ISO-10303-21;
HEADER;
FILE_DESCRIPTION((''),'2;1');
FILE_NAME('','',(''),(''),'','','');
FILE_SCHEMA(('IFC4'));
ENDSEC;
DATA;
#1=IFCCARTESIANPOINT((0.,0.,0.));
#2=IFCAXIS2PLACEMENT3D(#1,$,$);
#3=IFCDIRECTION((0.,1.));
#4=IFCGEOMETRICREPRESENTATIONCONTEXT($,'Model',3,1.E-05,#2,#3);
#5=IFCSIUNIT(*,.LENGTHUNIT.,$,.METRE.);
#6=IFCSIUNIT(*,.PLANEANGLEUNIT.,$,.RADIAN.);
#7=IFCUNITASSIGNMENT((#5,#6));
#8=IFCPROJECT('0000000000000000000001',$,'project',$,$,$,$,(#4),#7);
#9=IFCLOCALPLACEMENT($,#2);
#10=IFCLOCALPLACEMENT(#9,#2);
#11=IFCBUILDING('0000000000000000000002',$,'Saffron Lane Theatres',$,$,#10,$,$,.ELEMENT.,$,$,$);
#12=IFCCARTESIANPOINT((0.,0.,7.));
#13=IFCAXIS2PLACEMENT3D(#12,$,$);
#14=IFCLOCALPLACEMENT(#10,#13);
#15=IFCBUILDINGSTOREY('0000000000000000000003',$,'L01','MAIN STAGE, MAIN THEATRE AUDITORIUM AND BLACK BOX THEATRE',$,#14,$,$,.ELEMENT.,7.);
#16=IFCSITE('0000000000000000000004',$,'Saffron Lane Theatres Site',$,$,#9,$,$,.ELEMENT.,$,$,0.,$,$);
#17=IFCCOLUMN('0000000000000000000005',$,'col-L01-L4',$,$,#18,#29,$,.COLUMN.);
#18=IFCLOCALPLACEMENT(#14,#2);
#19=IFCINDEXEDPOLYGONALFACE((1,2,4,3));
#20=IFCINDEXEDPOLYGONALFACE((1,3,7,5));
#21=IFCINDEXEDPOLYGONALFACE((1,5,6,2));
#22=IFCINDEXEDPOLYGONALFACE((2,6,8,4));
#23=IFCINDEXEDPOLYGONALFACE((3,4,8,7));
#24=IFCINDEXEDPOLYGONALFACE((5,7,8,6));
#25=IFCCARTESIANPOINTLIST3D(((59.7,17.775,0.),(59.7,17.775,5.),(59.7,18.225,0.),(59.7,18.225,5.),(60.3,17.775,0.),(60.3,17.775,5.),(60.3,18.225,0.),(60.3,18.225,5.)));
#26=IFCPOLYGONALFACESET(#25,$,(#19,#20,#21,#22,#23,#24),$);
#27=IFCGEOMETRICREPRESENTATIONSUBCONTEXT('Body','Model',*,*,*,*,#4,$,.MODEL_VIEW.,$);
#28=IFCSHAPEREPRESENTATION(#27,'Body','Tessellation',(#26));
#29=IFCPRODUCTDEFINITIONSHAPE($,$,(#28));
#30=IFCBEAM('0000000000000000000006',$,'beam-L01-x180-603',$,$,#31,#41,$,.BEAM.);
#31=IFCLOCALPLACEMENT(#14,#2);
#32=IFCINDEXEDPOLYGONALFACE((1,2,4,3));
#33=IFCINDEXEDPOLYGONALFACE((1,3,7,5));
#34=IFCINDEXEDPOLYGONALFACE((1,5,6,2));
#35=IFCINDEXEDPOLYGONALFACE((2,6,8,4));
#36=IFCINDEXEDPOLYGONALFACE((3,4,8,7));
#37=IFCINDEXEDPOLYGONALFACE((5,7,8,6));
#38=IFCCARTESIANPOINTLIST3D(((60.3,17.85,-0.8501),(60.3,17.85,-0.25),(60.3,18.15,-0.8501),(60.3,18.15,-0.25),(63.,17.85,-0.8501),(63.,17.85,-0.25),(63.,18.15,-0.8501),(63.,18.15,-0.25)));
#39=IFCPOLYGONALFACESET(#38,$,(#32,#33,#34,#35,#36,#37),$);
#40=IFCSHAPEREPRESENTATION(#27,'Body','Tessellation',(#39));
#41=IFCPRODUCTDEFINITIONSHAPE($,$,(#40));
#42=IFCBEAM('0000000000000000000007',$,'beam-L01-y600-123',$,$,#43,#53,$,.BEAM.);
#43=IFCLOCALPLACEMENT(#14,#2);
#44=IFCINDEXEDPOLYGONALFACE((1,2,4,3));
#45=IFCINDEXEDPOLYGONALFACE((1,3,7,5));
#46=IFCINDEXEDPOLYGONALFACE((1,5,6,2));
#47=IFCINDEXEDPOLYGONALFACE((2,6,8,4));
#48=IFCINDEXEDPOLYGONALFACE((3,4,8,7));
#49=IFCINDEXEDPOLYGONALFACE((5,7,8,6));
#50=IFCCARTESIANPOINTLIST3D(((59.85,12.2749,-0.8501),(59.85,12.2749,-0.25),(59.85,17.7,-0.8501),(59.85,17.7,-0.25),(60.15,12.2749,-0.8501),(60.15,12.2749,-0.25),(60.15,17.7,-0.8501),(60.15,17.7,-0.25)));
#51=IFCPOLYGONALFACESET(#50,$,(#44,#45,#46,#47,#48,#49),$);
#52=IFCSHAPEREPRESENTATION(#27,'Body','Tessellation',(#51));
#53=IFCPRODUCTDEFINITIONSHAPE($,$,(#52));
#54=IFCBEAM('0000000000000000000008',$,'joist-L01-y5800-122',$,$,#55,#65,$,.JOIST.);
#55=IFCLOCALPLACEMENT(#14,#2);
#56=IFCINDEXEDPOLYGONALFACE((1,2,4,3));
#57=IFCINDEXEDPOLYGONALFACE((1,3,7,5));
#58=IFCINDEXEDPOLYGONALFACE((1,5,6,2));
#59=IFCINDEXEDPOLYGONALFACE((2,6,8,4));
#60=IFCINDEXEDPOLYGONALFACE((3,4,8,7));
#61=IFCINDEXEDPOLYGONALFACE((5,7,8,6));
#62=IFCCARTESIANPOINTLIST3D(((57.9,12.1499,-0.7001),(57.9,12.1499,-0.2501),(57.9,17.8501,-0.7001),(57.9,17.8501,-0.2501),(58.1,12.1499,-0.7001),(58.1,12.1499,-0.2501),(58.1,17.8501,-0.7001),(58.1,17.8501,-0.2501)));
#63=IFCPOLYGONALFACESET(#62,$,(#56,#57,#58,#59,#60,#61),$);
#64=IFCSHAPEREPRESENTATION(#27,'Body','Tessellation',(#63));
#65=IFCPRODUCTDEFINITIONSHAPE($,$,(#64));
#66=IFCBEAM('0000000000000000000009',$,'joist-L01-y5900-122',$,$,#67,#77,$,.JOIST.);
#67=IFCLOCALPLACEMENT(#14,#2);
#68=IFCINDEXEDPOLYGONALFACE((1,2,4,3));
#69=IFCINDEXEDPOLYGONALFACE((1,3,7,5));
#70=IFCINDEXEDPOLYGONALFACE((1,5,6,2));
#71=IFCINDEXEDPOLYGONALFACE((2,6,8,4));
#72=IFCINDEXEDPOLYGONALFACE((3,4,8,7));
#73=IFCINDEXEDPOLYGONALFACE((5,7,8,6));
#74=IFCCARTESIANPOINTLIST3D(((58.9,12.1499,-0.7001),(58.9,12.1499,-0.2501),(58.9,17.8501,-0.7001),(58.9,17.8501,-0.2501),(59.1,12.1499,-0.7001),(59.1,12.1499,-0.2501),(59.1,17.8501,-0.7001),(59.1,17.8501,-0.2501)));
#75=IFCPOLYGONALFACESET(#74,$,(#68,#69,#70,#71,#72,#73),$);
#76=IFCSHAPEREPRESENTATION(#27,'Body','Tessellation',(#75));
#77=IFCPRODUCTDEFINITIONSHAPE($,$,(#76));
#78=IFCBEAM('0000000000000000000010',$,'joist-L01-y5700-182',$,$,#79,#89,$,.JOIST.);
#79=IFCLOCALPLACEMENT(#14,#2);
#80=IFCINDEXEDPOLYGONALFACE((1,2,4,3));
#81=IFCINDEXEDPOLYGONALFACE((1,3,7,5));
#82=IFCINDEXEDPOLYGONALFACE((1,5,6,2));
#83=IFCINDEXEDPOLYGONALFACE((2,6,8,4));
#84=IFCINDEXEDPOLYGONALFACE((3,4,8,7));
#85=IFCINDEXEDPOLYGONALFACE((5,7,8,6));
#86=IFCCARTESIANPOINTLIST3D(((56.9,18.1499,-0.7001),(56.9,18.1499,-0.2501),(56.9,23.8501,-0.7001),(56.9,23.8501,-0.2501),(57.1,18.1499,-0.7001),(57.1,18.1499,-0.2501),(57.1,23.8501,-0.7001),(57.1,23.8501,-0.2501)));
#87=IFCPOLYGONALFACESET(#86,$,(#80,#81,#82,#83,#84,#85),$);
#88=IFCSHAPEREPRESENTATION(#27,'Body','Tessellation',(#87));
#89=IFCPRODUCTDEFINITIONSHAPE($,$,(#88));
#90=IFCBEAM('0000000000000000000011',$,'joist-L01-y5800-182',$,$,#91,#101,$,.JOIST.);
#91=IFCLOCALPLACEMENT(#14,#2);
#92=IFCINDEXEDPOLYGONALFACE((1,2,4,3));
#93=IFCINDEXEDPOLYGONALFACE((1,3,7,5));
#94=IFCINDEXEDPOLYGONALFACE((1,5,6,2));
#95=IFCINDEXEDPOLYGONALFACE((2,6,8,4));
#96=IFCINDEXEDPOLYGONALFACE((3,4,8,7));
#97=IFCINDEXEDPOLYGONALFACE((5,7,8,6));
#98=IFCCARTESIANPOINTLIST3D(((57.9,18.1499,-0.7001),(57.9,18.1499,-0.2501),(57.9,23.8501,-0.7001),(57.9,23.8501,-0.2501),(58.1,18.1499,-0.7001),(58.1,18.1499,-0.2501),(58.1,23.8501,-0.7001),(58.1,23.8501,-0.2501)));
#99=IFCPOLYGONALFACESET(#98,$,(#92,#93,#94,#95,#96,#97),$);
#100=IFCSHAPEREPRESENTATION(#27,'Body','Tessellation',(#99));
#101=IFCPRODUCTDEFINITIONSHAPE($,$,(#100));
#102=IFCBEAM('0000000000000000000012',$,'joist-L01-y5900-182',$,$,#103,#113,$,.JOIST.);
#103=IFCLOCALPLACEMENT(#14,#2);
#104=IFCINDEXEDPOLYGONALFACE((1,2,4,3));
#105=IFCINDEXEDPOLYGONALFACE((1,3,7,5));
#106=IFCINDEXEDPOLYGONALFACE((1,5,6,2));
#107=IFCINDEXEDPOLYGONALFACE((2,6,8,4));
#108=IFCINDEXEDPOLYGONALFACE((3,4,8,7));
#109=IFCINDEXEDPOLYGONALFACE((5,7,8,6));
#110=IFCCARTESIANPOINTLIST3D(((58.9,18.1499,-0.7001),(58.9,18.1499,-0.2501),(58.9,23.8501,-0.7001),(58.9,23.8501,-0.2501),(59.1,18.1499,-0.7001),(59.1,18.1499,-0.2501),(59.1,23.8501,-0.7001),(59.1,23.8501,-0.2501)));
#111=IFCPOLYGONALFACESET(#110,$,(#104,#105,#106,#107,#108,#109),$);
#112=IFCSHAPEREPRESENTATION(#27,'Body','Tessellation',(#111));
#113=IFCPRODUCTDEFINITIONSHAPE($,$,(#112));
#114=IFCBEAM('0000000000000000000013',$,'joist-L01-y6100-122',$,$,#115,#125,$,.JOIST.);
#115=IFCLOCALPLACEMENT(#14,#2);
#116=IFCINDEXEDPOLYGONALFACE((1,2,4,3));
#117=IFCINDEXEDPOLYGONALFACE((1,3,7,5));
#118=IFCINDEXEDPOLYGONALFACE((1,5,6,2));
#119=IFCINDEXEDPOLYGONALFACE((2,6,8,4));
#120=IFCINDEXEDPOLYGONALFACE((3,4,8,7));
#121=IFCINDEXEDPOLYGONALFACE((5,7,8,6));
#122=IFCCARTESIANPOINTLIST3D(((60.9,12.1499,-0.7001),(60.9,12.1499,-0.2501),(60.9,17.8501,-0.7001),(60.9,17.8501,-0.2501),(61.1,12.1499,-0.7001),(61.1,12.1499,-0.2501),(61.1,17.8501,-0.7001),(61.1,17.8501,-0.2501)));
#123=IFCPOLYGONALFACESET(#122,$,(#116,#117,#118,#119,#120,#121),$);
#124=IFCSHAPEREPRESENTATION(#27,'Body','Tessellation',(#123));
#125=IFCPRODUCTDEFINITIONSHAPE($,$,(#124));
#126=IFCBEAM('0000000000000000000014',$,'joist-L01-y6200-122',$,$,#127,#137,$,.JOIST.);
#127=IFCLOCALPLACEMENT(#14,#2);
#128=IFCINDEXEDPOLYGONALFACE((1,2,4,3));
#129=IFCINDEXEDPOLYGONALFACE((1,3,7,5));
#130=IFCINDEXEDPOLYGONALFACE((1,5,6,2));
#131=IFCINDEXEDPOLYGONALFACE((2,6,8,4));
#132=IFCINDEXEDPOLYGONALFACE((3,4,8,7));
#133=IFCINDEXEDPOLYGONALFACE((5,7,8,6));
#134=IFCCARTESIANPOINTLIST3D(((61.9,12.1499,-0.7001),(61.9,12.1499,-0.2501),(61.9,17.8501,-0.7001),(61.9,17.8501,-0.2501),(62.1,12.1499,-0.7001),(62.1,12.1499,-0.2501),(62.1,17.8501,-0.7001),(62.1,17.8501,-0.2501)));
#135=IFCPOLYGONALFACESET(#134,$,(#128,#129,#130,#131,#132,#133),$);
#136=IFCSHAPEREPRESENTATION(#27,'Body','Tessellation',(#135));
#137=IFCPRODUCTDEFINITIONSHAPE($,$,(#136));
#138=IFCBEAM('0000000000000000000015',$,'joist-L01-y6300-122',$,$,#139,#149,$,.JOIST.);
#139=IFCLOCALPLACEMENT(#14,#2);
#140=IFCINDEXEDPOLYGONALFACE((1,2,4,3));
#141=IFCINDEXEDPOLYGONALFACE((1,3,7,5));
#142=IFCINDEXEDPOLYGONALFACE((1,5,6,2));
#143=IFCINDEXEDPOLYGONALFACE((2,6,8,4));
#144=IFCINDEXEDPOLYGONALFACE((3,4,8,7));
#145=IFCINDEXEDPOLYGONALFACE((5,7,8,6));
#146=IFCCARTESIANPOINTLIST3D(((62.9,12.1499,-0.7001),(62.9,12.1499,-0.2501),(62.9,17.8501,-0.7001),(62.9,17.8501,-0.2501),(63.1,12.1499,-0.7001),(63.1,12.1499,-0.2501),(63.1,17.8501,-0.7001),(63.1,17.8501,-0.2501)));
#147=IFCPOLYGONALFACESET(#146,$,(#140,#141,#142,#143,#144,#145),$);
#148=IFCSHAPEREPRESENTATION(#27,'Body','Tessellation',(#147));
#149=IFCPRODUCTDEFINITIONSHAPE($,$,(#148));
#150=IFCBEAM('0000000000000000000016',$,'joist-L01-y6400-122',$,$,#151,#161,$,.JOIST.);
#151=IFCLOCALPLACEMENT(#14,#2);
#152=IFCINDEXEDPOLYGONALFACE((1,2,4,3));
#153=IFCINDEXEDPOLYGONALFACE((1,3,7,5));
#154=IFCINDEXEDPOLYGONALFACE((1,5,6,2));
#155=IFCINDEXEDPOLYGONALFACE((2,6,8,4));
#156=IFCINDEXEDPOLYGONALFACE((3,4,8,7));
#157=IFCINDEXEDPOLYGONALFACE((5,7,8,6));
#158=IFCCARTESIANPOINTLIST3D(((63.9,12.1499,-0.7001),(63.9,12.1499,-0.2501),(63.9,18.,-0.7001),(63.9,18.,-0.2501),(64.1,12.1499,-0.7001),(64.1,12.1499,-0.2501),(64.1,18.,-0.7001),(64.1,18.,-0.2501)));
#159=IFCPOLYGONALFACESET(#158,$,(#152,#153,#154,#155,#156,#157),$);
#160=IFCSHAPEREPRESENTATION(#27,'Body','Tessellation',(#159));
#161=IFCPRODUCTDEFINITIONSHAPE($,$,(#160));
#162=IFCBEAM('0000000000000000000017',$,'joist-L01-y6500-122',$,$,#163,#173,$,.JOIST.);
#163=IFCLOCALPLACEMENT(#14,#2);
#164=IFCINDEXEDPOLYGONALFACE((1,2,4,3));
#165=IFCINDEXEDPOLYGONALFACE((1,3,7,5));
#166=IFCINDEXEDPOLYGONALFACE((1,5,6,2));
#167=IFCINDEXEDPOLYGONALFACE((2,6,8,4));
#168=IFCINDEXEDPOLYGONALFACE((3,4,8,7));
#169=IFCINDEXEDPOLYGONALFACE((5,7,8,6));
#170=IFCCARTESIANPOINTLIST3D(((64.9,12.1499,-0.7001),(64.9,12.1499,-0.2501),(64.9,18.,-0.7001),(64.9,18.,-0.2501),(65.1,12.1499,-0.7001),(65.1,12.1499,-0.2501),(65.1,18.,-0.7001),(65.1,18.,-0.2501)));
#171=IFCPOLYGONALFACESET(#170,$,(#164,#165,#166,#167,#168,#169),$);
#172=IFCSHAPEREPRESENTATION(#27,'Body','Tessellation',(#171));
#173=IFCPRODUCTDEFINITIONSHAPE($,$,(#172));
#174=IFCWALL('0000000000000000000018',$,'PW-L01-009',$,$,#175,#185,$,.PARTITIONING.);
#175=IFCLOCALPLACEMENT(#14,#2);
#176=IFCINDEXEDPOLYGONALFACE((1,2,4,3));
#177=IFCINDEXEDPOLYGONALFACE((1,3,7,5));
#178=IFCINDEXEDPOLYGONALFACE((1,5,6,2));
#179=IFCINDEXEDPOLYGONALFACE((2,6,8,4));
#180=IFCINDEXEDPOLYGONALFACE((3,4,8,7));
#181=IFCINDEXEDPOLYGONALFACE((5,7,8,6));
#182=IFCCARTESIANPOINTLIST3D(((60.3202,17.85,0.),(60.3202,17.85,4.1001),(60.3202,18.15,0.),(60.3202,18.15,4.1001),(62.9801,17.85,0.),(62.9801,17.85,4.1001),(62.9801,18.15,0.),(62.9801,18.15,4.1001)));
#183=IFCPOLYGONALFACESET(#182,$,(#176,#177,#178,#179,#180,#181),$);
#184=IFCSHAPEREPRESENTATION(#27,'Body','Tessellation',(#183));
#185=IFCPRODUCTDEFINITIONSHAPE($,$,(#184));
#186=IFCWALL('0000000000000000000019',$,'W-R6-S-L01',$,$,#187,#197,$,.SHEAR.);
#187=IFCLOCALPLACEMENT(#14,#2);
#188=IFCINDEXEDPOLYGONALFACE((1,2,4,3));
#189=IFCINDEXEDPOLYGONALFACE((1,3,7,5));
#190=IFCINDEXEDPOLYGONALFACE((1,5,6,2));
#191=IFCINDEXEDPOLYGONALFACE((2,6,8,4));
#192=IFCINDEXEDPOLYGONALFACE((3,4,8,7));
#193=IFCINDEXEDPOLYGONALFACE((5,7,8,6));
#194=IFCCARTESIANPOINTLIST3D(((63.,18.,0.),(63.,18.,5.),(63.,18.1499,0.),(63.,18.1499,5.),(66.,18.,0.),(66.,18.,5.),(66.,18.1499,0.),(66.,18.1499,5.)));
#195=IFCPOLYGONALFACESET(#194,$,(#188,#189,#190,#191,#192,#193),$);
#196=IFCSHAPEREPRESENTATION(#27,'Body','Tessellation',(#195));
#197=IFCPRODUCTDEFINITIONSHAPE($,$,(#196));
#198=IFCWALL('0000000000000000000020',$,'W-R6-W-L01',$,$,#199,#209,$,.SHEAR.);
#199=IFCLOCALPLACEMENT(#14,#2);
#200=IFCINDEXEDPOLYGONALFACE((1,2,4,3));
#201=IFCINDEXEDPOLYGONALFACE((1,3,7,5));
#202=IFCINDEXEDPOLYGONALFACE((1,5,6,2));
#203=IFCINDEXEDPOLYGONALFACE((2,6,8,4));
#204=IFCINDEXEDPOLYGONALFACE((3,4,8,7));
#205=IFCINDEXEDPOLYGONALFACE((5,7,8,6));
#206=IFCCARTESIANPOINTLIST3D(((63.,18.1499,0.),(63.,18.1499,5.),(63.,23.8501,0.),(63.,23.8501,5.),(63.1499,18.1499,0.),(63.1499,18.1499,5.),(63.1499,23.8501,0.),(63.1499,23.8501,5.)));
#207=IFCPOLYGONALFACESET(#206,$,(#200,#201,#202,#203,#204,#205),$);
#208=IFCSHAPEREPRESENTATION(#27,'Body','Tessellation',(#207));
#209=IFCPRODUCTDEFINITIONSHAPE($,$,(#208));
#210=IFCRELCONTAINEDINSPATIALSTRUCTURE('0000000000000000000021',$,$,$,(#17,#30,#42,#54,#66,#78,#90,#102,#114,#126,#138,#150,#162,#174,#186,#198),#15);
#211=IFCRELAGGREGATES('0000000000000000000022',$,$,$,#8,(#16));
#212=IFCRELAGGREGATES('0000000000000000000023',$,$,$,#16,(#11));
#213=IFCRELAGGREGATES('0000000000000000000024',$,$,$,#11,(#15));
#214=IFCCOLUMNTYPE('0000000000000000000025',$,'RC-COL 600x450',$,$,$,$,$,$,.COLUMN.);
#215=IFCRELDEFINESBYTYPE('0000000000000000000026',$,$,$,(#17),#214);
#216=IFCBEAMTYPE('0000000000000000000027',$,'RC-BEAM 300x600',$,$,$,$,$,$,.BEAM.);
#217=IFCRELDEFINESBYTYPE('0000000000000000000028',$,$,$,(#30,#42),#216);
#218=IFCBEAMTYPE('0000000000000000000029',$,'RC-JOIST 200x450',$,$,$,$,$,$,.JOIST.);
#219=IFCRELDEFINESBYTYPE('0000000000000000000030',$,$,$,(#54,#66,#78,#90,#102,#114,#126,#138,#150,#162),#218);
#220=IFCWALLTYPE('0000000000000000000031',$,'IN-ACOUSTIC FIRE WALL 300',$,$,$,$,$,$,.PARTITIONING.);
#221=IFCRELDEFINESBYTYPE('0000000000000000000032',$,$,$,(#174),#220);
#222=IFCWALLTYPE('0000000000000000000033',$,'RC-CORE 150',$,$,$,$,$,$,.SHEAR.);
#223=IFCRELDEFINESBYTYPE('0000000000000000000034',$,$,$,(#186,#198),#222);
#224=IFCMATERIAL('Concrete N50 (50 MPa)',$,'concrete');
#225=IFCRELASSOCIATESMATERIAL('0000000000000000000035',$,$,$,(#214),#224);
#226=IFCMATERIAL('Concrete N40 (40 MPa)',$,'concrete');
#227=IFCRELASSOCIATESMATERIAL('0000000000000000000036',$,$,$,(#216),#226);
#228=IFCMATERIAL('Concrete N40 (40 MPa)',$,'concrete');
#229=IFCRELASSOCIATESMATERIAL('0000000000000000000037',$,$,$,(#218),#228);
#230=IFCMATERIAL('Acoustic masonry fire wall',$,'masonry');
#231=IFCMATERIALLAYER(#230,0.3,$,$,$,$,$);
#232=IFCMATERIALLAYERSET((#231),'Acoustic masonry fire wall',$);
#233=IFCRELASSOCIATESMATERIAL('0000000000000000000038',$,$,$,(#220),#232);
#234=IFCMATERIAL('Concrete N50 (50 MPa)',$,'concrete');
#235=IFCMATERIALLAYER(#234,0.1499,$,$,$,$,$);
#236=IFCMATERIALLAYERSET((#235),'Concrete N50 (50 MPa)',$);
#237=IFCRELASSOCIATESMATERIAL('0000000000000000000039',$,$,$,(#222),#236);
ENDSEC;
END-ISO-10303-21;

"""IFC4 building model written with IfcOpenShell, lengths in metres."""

from ifc_helpers import new_model, si_unit, direction, frame, frame_2d, origin, origin_2d, place, context, subcontext, project, spatial, rectangle, extrude, material, layer, layer_set, material_profile, profile_set, type_object, element, save


model = new_model("IFC4")

# Units and contexts
model_context = context("Model", 3, precision=1e-05, world=origin(), true_north=direction((0.0, 1.0)))
body_context = subcontext(model_context, "Body", "Model", "MODEL_VIEW")
ifc_project = project(units=[si_unit("LENGTHUNIT", "METRE"), si_unit("PLANEANGLEUNIT", "RADIAN")], contexts=[model_context])

# Site, building, storey
site_placement = place(None, origin())
site = spatial("IfcSite", under=ifc_project, at=site_placement, Name="Saffron Lane Theatres Site", CompositionType="ELEMENT", RefElevation=0.0)
building_placement = place(site_placement, origin())
building = spatial("IfcBuilding", under=site, at=building_placement, Name="Saffron Lane Theatres", CompositionType="ELEMENT")
storey_placement = place(building_placement, frame((0.0, 0.0, 7.0)))
storey = spatial("IfcBuildingStorey", under=building, at=storey_placement, Name="L01", Description="MAIN STAGE, MAIN THEATRE AUDITORIUM AND BLACK BOX THEATRE", CompositionType="ELEMENT", Elevation=7.0)

# Column
ifc_material_1 = material(Name="Concrete N50 (50 MPa)", Category="concrete")
ifc_material_profile_1 = material_profile(ifc_material_1, rectangle(XDim=0.6001, YDim=0.45, at=origin_2d()))
ifc_profile_set_1 = profile_set([ifc_material_profile_1], Name="Concrete N50 (50 MPa)")
column_type = type_object("IfcColumnType", Name="RC-COL 600x450", PredefinedType="COLUMN", material=ifc_profile_set_1)
column_placement = place(storey_placement, frame((60.0, 18.0, 0.0), z_axis=(0.0, 0.0, 1.0), x_axis=(1.0, 0.0, 0.0)))
element("IfcColumn", 1, at=column_placement, inside=storey, type_object=column_type, Name="col-L01-L4", PredefinedType="COLUMN", context=body_context, shape_type="SweptSolid", body=[
    extrude(rectangle(XDim=0.6001, YDim=0.45, at=origin_2d()), origin(), (0.0, 0.0, 1.0), 5.0),
])

# Beams
ifc_material_2 = material(Name="Concrete N40 (40 MPa)", Category="concrete")
ifc_material_profile_2 = material_profile(ifc_material_2, rectangle(XDim=0.3, YDim=0.6001, at=origin_2d()))
ifc_profile_set_2 = profile_set([ifc_material_profile_2], Name="Concrete N40 (40 MPa)")
beam_type_1 = type_object("IfcBeamType", Name="RC-BEAM 300x600", PredefinedType="BEAM", material=ifc_profile_set_2)
beam_1_placement = place(storey_placement, frame((60.3, 18.0, -0.55), z_axis=(1.0, 0.0, 0.0), x_axis=(0.0, 1.0, 0.0)))
element("IfcBeam", 2, at=beam_1_placement, inside=storey, type_object=beam_type_1, Name="beam-L01-x180-603", PredefinedType="BEAM", context=body_context, shape_type="SweptSolid", body=[
    extrude(rectangle(XDim=0.3, YDim=0.6001, at=origin_2d()), origin(), (0.0, 0.0, 1.0), 2.7),
])
beam_2_placement = place(storey_placement, frame((60.0, 12.2749, -0.55), z_axis=(0.0, 1.0, 0.0), x_axis=(-1.0, 0.0, 0.0)))
element("IfcBeam", 3, at=beam_2_placement, inside=storey, type_object=beam_type_1, Name="beam-L01-y600-123", PredefinedType="BEAM", context=body_context, shape_type="SweptSolid", body=[
    extrude(rectangle(XDim=0.3, YDim=0.6001, at=origin_2d()), origin(), (0.0, 0.0, 1.0), 5.425),
])
ifc_material_3 = material(Name="Concrete N40 (40 MPa)", Category="concrete")
ifc_material_profile_3 = material_profile(ifc_material_3, rectangle(XDim=0.2, YDim=0.45, at=origin_2d()))
ifc_profile_set_3 = profile_set([ifc_material_profile_3], Name="Concrete N40 (40 MPa)")
beam_type_2 = type_object("IfcBeamType", Name="RC-JOIST 200x450", PredefinedType="JOIST", material=ifc_profile_set_3)
for number, where, z_axis, x_axis, name in (
    (4, (58.0, 12.1499, -0.4751), (0.0, 1.0, 0.0), (-1.0, 0.0, 0.0), "joist-L01-y5800-122"),
    (5, (59.0, 12.1499, -0.4751), (0.0, 1.0, 0.0), (-1.0, 0.0, 0.0), "joist-L01-y5900-122"),
    (6, (57.0, 18.1499, -0.4751), (0.0, 1.0, 0.0), (-1.0, 0.0, 0.0), "joist-L01-y5700-182"),
    (7, (58.0, 18.1499, -0.4751), (0.0, 1.0, 0.0), (-1.0, 0.0, 0.0), "joist-L01-y5800-182"),
    (8, (59.0, 18.1499, -0.4751), (0.0, 1.0, 0.0), (-1.0, 0.0, 0.0), "joist-L01-y5900-182"),
    (9, (61.0, 12.1499, -0.4751), (0.0, 1.0, 0.0), (-1.0, 0.0, 0.0), "joist-L01-y6100-122"),
    (10, (62.0, 12.1499, -0.4751), (0.0, 1.0, 0.0), (-1.0, 0.0, 0.0), "joist-L01-y6200-122"),
    (11, (63.0, 12.1499, -0.4751), (0.0, 1.0, 0.0), (-1.0, 0.0, 0.0), "joist-L01-y6300-122"),
):
    element("IfcBeam", number, at=place(storey_placement, frame(where, z_axis=z_axis, x_axis=x_axis)), inside=storey, type_object=beam_type_2, Name=name, PredefinedType="JOIST", context=body_context, shape_type="SweptSolid", body=[
        extrude(rectangle(XDim=0.2, YDim=0.45, at=origin_2d()), origin(), (0.0, 0.0, 1.0), 5.7002),
    ])
for number, where, z_axis, x_axis, name in (
    (12, (64.0, 12.1499, -0.4751), (0.0, 1.0, 0.0), (-1.0, 0.0, 0.0), "joist-L01-y6400-122"),
    (13, (65.0, 12.1499, -0.4751), (0.0, 1.0, 0.0), (-1.0, 0.0, 0.0), "joist-L01-y6500-122"),
):
    element("IfcBeam", number, at=place(storey_placement, frame(where, z_axis=z_axis, x_axis=x_axis)), inside=storey, type_object=beam_type_2, Name=name, PredefinedType="JOIST", context=body_context, shape_type="SweptSolid", body=[
        extrude(rectangle(XDim=0.2, YDim=0.45, at=origin_2d()), origin(), (0.0, 0.0, 1.0), 5.8501),
    ])

# Walls
ifc_material_4 = material(Name="Acoustic masonry fire wall", Category="masonry")
ifc_layer_1 = layer(ifc_material_4, 0.3)
ifc_layer_set_1 = layer_set([ifc_layer_1], Name="Acoustic masonry fire wall")
wall_type_1 = type_object("IfcWallType", Name="IN-ACOUSTIC FIRE WALL 300", PredefinedType="PARTITIONING", material=ifc_layer_set_1)
wall_1_placement = place(storey_placement, frame((60.3201, 18.0, 0.0), z_axis=(0.0, 0.0, 1.0), x_axis=(1.0, 0.0, 0.0)))
element("IfcWall", 14, at=wall_1_placement, inside=storey, type_object=wall_type_1, Name="PW-L01-009", PredefinedType="PARTITIONING", context=body_context, shape_type="SweptSolid", body=[
    extrude(rectangle(XDim=2.6599, YDim=0.3, at=frame_2d((1.3301, 0.0))), origin(), (0.0, 0.0, 1.0), 4.1001),
])
ifc_material_5 = material(Name="Concrete N50 (50 MPa)", Category="concrete")
ifc_layer_2 = layer(ifc_material_5, 0.1499)
ifc_layer_set_2 = layer_set([ifc_layer_2], Name="Concrete N50 (50 MPa)")
wall_type_2 = type_object("IfcWallType", Name="RC-CORE 150", PredefinedType="SHEAR", material=ifc_layer_set_2)
wall_2_placement = place(storey_placement, frame((63.0, 18.075, 0.0), z_axis=(0.0, 0.0, 1.0), x_axis=(1.0, 0.0, 0.0)))
element("IfcWall", 15, at=wall_2_placement, inside=storey, type_object=wall_type_2, Name="W-R6-S-L01", PredefinedType="SHEAR", context=body_context, shape_type="SweptSolid", body=[
    extrude(rectangle(XDim=3.0, YDim=0.1499, at=frame_2d((1.5, 0.0))), origin(), (0.0, 0.0, 1.0), 5.0),
])
wall_3_placement = place(storey_placement, frame((63.075, 18.1499, 0.0), z_axis=(0.0, 0.0, 1.0), x_axis=(0.0, 1.0, 0.0)))
element("IfcWall", 16, at=wall_3_placement, inside=storey, type_object=wall_type_2, Name="W-R6-W-L01", PredefinedType="SHEAR", context=body_context, shape_type="SweptSolid", body=[
    extrude(rectangle(XDim=5.7002, YDim=0.1499, at=frame_2d((2.8501, 0.0))), origin(), (0.0, 0.0, 1.0), 5.0),
])

save(model, "model.ifc")
